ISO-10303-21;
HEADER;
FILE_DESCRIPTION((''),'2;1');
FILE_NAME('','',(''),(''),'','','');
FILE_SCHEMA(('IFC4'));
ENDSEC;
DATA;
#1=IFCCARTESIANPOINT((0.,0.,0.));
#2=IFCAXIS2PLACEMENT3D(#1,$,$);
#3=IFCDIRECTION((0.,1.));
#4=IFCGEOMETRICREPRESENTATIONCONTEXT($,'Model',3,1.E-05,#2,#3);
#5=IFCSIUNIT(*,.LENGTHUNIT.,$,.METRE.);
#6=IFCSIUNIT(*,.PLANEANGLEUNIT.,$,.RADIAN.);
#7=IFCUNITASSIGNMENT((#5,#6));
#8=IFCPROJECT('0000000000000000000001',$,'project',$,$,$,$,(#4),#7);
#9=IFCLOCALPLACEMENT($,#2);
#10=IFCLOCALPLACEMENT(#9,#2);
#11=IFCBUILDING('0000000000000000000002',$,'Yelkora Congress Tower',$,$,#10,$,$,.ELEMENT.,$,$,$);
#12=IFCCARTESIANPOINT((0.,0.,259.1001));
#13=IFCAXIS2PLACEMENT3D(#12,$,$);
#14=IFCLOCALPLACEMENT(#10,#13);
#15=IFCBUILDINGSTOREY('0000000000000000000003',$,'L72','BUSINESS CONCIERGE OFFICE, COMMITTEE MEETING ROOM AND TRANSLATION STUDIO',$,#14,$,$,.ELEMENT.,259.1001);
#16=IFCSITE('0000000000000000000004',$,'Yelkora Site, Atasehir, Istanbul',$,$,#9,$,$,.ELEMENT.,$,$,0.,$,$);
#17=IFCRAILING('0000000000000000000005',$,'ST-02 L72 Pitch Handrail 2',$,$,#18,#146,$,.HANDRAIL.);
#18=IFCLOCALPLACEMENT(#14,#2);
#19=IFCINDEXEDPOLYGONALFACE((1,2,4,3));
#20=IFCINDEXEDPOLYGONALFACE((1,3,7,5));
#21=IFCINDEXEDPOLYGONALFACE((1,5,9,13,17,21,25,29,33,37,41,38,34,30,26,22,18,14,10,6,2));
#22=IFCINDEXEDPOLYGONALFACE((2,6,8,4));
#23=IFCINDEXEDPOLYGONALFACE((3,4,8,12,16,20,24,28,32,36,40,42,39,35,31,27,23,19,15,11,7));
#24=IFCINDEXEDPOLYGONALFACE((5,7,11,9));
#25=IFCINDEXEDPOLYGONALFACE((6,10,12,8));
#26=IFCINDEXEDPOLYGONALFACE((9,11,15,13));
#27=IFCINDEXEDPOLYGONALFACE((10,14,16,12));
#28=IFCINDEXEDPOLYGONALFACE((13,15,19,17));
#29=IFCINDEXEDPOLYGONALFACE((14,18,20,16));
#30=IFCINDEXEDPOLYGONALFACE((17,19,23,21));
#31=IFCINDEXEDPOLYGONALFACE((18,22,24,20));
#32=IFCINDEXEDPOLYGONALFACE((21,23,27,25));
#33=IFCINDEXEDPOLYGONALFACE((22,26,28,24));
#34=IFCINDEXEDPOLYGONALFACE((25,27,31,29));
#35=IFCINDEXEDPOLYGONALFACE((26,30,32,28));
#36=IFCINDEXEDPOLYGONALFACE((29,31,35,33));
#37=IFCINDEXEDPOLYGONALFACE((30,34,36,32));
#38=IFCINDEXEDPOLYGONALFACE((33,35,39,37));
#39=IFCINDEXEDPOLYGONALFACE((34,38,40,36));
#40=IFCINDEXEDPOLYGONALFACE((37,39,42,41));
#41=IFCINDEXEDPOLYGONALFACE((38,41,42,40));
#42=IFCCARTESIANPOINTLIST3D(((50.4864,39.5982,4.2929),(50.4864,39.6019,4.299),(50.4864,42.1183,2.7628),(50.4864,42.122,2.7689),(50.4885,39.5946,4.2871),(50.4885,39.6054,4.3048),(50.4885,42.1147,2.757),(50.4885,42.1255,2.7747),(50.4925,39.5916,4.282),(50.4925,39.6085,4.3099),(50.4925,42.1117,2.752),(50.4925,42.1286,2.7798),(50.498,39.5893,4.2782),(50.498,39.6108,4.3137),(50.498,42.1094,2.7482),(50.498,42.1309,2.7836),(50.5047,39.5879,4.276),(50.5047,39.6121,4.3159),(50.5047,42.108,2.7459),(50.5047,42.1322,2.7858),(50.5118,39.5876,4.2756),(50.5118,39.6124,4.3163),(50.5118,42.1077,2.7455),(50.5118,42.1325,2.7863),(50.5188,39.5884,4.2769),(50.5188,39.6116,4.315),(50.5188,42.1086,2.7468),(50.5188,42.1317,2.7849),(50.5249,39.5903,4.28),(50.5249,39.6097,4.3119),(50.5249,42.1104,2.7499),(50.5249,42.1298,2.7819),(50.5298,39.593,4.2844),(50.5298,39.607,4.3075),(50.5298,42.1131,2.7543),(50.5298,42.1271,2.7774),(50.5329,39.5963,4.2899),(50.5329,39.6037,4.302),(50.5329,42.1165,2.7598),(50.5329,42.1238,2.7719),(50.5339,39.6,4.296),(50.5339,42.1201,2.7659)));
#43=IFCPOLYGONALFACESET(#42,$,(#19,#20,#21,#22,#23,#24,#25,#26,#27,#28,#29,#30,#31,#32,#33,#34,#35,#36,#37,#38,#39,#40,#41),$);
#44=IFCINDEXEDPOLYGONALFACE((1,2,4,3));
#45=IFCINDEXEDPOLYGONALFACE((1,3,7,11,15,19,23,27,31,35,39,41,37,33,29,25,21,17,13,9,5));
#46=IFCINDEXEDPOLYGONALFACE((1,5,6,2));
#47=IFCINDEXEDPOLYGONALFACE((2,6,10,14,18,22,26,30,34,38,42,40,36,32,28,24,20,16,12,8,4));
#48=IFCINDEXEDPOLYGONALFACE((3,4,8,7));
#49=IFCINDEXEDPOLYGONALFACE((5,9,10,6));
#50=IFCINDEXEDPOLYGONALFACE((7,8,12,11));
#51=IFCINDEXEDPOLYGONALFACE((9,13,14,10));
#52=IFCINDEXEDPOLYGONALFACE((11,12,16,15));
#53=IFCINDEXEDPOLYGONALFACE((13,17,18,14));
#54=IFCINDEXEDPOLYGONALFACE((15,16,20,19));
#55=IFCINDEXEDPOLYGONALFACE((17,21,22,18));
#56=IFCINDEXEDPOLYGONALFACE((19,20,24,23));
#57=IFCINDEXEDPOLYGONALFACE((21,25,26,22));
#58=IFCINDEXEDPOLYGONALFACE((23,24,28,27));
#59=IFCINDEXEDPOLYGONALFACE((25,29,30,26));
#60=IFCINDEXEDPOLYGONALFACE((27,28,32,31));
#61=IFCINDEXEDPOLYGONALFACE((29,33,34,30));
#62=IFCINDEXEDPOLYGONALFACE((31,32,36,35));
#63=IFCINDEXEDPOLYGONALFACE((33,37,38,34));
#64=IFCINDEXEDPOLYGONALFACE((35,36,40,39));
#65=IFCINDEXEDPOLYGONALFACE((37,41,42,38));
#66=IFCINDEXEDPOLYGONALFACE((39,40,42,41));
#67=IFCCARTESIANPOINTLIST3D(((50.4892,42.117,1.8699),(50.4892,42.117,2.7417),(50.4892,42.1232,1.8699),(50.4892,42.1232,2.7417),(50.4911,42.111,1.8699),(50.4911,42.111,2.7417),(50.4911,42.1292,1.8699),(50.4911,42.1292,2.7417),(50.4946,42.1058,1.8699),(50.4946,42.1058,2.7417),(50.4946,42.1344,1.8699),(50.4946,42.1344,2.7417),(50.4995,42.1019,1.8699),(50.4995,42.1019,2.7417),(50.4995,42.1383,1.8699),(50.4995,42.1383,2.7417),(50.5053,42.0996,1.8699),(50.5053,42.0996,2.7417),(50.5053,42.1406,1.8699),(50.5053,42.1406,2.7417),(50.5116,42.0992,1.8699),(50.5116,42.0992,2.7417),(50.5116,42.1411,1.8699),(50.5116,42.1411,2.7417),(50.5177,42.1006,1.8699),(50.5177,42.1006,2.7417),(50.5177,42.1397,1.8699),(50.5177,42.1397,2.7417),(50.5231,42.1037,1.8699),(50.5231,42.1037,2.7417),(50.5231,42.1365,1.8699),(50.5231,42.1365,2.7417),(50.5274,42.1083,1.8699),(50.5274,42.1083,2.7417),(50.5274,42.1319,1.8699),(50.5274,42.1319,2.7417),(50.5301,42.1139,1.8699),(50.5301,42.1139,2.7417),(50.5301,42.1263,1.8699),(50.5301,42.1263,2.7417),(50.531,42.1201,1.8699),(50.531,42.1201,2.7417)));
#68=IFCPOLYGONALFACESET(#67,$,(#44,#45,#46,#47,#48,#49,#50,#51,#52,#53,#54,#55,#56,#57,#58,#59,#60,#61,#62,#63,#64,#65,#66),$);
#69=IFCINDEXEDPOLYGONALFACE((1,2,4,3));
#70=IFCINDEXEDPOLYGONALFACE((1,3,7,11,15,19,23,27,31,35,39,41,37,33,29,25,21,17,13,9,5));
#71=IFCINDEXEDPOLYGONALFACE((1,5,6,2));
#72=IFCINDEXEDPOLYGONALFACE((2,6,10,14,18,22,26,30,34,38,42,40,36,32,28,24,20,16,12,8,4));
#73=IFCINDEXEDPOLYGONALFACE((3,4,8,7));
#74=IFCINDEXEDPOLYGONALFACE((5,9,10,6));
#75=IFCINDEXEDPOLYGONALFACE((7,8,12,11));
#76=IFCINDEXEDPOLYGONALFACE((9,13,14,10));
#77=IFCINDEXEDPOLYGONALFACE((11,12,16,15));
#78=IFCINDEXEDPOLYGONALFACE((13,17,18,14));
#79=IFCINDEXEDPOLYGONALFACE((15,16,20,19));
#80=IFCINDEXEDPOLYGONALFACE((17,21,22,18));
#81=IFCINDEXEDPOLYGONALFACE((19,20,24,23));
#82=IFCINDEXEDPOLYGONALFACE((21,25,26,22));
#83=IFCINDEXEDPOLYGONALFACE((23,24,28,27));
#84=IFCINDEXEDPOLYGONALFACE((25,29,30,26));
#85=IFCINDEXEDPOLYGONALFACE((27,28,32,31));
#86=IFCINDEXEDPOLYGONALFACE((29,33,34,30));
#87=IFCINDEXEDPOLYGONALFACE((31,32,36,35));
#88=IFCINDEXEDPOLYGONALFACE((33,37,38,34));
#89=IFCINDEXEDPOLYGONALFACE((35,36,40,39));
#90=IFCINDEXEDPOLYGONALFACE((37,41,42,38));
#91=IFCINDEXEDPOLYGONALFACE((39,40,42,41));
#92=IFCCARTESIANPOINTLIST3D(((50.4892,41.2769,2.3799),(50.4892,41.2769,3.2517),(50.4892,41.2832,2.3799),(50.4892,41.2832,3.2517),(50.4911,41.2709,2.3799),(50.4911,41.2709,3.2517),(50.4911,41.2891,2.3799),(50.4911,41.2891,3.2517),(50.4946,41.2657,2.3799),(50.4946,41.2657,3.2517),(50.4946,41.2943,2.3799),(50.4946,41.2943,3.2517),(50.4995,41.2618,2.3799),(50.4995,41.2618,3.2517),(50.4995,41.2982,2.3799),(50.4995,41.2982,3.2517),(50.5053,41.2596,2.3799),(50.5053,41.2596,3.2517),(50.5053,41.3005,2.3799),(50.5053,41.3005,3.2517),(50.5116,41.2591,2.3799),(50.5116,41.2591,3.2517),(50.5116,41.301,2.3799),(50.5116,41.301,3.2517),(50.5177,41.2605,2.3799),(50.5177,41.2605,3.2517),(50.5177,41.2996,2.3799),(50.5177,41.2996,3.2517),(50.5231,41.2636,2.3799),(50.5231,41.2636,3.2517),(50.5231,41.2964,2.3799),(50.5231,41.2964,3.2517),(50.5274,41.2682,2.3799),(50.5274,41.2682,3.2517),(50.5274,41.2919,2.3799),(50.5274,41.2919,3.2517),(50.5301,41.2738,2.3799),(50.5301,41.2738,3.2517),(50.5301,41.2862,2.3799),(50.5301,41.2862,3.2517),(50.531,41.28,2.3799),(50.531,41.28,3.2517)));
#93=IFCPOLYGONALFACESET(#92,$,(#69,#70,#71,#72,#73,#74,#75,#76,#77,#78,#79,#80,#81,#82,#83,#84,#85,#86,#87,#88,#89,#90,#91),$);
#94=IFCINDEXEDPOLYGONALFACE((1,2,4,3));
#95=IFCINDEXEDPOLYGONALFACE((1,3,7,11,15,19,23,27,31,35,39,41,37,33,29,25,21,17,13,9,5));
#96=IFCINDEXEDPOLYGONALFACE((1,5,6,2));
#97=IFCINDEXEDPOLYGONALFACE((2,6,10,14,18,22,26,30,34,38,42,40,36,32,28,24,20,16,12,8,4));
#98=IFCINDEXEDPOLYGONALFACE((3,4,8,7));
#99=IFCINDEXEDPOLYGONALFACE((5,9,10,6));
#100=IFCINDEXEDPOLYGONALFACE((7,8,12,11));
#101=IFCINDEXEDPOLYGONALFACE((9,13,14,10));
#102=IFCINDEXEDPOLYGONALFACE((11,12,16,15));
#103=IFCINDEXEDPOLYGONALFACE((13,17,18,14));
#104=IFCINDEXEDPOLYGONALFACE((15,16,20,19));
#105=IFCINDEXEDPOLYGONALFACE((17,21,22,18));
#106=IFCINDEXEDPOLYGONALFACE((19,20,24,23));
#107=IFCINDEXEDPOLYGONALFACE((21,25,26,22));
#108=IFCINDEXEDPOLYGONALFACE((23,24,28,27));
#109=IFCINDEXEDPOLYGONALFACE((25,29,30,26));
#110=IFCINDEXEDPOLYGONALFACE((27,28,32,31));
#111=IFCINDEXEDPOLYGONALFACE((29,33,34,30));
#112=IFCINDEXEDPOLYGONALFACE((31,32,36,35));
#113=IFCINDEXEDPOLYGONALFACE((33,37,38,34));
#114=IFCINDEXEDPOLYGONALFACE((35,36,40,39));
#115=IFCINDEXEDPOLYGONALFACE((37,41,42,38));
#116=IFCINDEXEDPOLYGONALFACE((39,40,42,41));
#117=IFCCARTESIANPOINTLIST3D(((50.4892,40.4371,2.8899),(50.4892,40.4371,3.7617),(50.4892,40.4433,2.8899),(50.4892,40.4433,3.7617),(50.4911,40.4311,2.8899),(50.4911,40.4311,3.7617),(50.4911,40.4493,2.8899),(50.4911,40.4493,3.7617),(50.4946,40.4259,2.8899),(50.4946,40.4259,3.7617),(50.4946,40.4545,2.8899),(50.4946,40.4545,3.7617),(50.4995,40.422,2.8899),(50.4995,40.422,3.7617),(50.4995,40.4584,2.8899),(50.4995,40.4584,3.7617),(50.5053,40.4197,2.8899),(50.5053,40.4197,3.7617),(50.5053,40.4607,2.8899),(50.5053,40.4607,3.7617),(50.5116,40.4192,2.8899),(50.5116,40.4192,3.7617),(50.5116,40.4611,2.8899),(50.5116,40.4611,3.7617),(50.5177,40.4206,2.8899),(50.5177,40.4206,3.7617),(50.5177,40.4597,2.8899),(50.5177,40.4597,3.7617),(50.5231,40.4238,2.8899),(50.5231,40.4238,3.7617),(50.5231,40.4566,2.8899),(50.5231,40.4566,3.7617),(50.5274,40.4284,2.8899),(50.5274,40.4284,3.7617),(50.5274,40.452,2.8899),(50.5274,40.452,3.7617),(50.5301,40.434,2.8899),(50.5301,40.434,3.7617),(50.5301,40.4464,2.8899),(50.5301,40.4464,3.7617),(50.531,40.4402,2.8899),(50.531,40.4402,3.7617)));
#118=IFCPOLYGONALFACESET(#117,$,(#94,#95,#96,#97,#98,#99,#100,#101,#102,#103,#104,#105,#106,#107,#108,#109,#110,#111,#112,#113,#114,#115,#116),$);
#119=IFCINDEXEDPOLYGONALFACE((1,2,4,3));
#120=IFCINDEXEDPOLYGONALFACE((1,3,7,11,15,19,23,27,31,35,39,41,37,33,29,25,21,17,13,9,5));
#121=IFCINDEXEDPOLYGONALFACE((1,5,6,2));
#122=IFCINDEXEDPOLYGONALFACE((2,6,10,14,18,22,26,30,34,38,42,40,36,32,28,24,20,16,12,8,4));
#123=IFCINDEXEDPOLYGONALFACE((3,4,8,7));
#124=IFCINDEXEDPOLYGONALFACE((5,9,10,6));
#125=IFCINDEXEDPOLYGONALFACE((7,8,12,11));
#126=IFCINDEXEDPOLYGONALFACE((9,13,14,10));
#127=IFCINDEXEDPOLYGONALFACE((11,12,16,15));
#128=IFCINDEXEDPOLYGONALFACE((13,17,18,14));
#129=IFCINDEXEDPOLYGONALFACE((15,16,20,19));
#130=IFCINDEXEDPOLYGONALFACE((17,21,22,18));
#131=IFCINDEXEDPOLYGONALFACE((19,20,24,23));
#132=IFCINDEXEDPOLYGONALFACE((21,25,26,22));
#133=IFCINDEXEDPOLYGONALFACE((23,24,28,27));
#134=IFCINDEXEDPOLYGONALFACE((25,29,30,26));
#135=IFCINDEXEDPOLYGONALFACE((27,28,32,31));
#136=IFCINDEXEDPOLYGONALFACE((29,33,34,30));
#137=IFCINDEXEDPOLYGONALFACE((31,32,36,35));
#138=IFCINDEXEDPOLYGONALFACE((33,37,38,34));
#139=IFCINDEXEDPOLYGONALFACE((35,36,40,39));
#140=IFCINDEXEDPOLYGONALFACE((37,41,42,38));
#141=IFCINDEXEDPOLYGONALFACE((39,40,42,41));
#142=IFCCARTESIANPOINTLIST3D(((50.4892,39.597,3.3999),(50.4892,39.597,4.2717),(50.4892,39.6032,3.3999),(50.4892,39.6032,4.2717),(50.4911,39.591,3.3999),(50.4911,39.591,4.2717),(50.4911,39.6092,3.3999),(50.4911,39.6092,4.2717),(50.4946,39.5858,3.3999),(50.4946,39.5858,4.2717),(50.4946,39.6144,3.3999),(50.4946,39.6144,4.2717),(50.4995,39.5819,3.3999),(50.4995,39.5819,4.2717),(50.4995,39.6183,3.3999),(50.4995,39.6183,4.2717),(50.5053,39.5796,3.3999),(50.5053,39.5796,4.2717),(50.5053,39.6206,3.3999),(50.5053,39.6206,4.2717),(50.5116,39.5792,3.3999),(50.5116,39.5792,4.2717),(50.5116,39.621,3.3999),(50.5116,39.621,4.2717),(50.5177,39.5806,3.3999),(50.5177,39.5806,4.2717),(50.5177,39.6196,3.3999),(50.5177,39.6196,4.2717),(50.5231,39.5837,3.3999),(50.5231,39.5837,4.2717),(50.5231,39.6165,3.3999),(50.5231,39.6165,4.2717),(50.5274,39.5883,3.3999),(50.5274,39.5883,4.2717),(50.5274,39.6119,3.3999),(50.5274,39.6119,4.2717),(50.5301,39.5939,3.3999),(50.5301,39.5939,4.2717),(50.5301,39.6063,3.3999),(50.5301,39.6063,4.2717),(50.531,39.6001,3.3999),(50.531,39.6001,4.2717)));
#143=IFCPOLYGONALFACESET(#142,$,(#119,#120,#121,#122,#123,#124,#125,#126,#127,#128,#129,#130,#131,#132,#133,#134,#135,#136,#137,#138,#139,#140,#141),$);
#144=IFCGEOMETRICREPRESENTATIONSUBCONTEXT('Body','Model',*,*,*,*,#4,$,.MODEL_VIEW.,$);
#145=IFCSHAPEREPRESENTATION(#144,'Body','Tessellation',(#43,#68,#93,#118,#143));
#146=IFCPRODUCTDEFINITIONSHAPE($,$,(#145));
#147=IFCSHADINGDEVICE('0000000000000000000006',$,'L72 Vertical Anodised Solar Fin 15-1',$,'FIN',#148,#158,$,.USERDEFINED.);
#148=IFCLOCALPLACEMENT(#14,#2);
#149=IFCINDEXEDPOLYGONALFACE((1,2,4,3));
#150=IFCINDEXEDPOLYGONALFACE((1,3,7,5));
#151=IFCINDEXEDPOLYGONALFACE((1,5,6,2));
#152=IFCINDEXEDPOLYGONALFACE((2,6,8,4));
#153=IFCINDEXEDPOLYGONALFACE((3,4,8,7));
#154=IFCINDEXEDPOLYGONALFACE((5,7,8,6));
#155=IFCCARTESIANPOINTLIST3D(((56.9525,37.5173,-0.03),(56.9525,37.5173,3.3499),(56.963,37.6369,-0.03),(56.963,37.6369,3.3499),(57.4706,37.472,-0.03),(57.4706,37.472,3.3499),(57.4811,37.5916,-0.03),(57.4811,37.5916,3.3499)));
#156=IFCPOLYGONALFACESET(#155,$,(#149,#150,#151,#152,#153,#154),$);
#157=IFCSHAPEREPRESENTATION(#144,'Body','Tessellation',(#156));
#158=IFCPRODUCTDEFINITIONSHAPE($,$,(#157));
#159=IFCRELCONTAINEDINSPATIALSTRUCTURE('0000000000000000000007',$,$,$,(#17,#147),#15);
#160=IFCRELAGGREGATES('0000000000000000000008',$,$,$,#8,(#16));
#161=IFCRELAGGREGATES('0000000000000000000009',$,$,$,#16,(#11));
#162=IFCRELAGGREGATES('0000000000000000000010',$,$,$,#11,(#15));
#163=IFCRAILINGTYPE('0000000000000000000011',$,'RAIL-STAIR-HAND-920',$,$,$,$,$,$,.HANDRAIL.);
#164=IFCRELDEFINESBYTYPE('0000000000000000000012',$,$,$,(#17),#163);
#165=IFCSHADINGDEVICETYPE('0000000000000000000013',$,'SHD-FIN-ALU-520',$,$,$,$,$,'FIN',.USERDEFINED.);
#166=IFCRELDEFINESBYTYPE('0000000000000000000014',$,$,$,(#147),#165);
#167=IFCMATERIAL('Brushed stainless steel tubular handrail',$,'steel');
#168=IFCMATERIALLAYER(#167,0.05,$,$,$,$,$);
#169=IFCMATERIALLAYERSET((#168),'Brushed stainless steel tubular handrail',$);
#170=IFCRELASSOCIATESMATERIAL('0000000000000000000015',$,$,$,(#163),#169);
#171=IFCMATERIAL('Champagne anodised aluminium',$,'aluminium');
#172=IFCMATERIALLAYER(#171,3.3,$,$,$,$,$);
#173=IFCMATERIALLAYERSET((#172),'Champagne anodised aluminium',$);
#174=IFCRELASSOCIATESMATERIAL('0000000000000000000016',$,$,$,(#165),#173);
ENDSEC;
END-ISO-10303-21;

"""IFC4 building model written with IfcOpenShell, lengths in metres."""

from ifc_helpers import new_model, si_unit, direction, frame, origin, origin_2d, place, context, subcontext, project, spatial, rectangle, circle, extrude, material, layer, layer_set, type_object, element, save


model = new_model("IFC4")

# Units and contexts
model_context = context("Model", 3, precision=1e-05, world=origin(), true_north=direction((0.0, 1.0)))
body_context = subcontext(model_context, "Body", "Model", "MODEL_VIEW")
ifc_project = project(units=[si_unit("LENGTHUNIT", "METRE"), si_unit("PLANEANGLEUNIT", "RADIAN")], contexts=[model_context])

# Site, building, storey
site_placement = place(None, origin())
site = spatial("IfcSite", under=ifc_project, at=site_placement, Name="Yelkora Site, Atasehir, Istanbul", CompositionType="ELEMENT", RefElevation=0.0)
building_placement = place(site_placement, origin())
building = spatial("IfcBuilding", under=site, at=building_placement, Name="Yelkora Congress Tower", CompositionType="ELEMENT")
storey_placement = place(building_placement, frame((0.0, 0.0, 259.1001)))
storey = spatial("IfcBuildingStorey", under=building, at=storey_placement, Name="L72", Description="BUSINESS CONCIERGE OFFICE, COMMITTEE MEETING ROOM AND TRANSLATION STUDIO", CompositionType="ELEMENT", Elevation=259.1001)

# Railing
ifc_material_1 = material(Name="Brushed stainless steel tubular handrail", Category="steel")
ifc_layer_1 = layer(ifc_material_1, 0.05)
ifc_layer_set_1 = layer_set([ifc_layer_1], Name="Brushed stainless steel tubular handrail")
railing_type_1 = type_object("IfcRailingType", Name="RAIL-STAIR-HAND-920", PredefinedType="HANDRAIL", material=ifc_layer_set_1)
railing_1_placement = place(storey_placement, frame((50.51, 42.1201, 1.8699)))
element("IfcRailing", 1, at=railing_1_placement, inside=storey, type_object=railing_type_1, Name="ST-02 L72 Pitch Handrail 2", PredefinedType="HANDRAIL", context=body_context, shape_type="SweptSolid", body=[
    extrude(circle(Radius=0.0239, at=origin_2d()), frame((0.0, 0.0, 0.896), z_axis=(0.0, -0.854785, 0.518982), x_axis=(1.0, 0.0, 0.0)), (0.0, 0.0, 1.0), 2.9482),
    extrude(circle(Radius=0.021, at=origin_2d()), origin(), (0.0, 0.0, 1.0), 0.8718),
    extrude(circle(Radius=0.021, at=origin_2d()), frame((0.0, -0.8401, 0.51)), (0.0, 0.0, 1.0), 0.8718),
    extrude(circle(Radius=0.021, at=origin_2d()), frame((0.0, -1.6799, 1.02)), (0.0, 0.0, 1.0), 0.8718),
    extrude(circle(Radius=0.021, at=origin_2d()), frame((0.0, -2.52, 1.53)), (0.0, 0.0, 1.0), 0.8718),
])

# Shading device
ifc_material_2 = material(Name="Champagne anodised aluminium", Category="aluminium")
ifc_layer_2 = layer(ifc_material_2, 3.3)
ifc_layer_set_2 = layer_set([ifc_layer_2], Name="Champagne anodised aluminium")
shading_device_type = type_object("IfcShadingDeviceType", Name="SHD-FIN-ALU-520", ElementType="FIN", PredefinedType="USERDEFINED", material=ifc_layer_set_2)
shading_device_placement = place(storey_placement, frame((57.2168, 37.5544, -0.03), z_axis=(0.0, 0.0, 1.0), x_axis=(-0.087156, -0.996195, 0.0)))
element("IfcShadingDevice", 2, at=shading_device_placement, inside=storey, type_object=shading_device_type, Name="L72 Vertical Anodised Solar Fin 15-1", ObjectType="FIN", PredefinedType="USERDEFINED", context=body_context, shape_type="SweptSolid", body=[
    extrude(rectangle(XDim=0.1201, YDim=0.52, at=origin_2d()), origin(), (0.0, 0.0, 1.0), 3.3799),
])

save(model, "model.ifc")
